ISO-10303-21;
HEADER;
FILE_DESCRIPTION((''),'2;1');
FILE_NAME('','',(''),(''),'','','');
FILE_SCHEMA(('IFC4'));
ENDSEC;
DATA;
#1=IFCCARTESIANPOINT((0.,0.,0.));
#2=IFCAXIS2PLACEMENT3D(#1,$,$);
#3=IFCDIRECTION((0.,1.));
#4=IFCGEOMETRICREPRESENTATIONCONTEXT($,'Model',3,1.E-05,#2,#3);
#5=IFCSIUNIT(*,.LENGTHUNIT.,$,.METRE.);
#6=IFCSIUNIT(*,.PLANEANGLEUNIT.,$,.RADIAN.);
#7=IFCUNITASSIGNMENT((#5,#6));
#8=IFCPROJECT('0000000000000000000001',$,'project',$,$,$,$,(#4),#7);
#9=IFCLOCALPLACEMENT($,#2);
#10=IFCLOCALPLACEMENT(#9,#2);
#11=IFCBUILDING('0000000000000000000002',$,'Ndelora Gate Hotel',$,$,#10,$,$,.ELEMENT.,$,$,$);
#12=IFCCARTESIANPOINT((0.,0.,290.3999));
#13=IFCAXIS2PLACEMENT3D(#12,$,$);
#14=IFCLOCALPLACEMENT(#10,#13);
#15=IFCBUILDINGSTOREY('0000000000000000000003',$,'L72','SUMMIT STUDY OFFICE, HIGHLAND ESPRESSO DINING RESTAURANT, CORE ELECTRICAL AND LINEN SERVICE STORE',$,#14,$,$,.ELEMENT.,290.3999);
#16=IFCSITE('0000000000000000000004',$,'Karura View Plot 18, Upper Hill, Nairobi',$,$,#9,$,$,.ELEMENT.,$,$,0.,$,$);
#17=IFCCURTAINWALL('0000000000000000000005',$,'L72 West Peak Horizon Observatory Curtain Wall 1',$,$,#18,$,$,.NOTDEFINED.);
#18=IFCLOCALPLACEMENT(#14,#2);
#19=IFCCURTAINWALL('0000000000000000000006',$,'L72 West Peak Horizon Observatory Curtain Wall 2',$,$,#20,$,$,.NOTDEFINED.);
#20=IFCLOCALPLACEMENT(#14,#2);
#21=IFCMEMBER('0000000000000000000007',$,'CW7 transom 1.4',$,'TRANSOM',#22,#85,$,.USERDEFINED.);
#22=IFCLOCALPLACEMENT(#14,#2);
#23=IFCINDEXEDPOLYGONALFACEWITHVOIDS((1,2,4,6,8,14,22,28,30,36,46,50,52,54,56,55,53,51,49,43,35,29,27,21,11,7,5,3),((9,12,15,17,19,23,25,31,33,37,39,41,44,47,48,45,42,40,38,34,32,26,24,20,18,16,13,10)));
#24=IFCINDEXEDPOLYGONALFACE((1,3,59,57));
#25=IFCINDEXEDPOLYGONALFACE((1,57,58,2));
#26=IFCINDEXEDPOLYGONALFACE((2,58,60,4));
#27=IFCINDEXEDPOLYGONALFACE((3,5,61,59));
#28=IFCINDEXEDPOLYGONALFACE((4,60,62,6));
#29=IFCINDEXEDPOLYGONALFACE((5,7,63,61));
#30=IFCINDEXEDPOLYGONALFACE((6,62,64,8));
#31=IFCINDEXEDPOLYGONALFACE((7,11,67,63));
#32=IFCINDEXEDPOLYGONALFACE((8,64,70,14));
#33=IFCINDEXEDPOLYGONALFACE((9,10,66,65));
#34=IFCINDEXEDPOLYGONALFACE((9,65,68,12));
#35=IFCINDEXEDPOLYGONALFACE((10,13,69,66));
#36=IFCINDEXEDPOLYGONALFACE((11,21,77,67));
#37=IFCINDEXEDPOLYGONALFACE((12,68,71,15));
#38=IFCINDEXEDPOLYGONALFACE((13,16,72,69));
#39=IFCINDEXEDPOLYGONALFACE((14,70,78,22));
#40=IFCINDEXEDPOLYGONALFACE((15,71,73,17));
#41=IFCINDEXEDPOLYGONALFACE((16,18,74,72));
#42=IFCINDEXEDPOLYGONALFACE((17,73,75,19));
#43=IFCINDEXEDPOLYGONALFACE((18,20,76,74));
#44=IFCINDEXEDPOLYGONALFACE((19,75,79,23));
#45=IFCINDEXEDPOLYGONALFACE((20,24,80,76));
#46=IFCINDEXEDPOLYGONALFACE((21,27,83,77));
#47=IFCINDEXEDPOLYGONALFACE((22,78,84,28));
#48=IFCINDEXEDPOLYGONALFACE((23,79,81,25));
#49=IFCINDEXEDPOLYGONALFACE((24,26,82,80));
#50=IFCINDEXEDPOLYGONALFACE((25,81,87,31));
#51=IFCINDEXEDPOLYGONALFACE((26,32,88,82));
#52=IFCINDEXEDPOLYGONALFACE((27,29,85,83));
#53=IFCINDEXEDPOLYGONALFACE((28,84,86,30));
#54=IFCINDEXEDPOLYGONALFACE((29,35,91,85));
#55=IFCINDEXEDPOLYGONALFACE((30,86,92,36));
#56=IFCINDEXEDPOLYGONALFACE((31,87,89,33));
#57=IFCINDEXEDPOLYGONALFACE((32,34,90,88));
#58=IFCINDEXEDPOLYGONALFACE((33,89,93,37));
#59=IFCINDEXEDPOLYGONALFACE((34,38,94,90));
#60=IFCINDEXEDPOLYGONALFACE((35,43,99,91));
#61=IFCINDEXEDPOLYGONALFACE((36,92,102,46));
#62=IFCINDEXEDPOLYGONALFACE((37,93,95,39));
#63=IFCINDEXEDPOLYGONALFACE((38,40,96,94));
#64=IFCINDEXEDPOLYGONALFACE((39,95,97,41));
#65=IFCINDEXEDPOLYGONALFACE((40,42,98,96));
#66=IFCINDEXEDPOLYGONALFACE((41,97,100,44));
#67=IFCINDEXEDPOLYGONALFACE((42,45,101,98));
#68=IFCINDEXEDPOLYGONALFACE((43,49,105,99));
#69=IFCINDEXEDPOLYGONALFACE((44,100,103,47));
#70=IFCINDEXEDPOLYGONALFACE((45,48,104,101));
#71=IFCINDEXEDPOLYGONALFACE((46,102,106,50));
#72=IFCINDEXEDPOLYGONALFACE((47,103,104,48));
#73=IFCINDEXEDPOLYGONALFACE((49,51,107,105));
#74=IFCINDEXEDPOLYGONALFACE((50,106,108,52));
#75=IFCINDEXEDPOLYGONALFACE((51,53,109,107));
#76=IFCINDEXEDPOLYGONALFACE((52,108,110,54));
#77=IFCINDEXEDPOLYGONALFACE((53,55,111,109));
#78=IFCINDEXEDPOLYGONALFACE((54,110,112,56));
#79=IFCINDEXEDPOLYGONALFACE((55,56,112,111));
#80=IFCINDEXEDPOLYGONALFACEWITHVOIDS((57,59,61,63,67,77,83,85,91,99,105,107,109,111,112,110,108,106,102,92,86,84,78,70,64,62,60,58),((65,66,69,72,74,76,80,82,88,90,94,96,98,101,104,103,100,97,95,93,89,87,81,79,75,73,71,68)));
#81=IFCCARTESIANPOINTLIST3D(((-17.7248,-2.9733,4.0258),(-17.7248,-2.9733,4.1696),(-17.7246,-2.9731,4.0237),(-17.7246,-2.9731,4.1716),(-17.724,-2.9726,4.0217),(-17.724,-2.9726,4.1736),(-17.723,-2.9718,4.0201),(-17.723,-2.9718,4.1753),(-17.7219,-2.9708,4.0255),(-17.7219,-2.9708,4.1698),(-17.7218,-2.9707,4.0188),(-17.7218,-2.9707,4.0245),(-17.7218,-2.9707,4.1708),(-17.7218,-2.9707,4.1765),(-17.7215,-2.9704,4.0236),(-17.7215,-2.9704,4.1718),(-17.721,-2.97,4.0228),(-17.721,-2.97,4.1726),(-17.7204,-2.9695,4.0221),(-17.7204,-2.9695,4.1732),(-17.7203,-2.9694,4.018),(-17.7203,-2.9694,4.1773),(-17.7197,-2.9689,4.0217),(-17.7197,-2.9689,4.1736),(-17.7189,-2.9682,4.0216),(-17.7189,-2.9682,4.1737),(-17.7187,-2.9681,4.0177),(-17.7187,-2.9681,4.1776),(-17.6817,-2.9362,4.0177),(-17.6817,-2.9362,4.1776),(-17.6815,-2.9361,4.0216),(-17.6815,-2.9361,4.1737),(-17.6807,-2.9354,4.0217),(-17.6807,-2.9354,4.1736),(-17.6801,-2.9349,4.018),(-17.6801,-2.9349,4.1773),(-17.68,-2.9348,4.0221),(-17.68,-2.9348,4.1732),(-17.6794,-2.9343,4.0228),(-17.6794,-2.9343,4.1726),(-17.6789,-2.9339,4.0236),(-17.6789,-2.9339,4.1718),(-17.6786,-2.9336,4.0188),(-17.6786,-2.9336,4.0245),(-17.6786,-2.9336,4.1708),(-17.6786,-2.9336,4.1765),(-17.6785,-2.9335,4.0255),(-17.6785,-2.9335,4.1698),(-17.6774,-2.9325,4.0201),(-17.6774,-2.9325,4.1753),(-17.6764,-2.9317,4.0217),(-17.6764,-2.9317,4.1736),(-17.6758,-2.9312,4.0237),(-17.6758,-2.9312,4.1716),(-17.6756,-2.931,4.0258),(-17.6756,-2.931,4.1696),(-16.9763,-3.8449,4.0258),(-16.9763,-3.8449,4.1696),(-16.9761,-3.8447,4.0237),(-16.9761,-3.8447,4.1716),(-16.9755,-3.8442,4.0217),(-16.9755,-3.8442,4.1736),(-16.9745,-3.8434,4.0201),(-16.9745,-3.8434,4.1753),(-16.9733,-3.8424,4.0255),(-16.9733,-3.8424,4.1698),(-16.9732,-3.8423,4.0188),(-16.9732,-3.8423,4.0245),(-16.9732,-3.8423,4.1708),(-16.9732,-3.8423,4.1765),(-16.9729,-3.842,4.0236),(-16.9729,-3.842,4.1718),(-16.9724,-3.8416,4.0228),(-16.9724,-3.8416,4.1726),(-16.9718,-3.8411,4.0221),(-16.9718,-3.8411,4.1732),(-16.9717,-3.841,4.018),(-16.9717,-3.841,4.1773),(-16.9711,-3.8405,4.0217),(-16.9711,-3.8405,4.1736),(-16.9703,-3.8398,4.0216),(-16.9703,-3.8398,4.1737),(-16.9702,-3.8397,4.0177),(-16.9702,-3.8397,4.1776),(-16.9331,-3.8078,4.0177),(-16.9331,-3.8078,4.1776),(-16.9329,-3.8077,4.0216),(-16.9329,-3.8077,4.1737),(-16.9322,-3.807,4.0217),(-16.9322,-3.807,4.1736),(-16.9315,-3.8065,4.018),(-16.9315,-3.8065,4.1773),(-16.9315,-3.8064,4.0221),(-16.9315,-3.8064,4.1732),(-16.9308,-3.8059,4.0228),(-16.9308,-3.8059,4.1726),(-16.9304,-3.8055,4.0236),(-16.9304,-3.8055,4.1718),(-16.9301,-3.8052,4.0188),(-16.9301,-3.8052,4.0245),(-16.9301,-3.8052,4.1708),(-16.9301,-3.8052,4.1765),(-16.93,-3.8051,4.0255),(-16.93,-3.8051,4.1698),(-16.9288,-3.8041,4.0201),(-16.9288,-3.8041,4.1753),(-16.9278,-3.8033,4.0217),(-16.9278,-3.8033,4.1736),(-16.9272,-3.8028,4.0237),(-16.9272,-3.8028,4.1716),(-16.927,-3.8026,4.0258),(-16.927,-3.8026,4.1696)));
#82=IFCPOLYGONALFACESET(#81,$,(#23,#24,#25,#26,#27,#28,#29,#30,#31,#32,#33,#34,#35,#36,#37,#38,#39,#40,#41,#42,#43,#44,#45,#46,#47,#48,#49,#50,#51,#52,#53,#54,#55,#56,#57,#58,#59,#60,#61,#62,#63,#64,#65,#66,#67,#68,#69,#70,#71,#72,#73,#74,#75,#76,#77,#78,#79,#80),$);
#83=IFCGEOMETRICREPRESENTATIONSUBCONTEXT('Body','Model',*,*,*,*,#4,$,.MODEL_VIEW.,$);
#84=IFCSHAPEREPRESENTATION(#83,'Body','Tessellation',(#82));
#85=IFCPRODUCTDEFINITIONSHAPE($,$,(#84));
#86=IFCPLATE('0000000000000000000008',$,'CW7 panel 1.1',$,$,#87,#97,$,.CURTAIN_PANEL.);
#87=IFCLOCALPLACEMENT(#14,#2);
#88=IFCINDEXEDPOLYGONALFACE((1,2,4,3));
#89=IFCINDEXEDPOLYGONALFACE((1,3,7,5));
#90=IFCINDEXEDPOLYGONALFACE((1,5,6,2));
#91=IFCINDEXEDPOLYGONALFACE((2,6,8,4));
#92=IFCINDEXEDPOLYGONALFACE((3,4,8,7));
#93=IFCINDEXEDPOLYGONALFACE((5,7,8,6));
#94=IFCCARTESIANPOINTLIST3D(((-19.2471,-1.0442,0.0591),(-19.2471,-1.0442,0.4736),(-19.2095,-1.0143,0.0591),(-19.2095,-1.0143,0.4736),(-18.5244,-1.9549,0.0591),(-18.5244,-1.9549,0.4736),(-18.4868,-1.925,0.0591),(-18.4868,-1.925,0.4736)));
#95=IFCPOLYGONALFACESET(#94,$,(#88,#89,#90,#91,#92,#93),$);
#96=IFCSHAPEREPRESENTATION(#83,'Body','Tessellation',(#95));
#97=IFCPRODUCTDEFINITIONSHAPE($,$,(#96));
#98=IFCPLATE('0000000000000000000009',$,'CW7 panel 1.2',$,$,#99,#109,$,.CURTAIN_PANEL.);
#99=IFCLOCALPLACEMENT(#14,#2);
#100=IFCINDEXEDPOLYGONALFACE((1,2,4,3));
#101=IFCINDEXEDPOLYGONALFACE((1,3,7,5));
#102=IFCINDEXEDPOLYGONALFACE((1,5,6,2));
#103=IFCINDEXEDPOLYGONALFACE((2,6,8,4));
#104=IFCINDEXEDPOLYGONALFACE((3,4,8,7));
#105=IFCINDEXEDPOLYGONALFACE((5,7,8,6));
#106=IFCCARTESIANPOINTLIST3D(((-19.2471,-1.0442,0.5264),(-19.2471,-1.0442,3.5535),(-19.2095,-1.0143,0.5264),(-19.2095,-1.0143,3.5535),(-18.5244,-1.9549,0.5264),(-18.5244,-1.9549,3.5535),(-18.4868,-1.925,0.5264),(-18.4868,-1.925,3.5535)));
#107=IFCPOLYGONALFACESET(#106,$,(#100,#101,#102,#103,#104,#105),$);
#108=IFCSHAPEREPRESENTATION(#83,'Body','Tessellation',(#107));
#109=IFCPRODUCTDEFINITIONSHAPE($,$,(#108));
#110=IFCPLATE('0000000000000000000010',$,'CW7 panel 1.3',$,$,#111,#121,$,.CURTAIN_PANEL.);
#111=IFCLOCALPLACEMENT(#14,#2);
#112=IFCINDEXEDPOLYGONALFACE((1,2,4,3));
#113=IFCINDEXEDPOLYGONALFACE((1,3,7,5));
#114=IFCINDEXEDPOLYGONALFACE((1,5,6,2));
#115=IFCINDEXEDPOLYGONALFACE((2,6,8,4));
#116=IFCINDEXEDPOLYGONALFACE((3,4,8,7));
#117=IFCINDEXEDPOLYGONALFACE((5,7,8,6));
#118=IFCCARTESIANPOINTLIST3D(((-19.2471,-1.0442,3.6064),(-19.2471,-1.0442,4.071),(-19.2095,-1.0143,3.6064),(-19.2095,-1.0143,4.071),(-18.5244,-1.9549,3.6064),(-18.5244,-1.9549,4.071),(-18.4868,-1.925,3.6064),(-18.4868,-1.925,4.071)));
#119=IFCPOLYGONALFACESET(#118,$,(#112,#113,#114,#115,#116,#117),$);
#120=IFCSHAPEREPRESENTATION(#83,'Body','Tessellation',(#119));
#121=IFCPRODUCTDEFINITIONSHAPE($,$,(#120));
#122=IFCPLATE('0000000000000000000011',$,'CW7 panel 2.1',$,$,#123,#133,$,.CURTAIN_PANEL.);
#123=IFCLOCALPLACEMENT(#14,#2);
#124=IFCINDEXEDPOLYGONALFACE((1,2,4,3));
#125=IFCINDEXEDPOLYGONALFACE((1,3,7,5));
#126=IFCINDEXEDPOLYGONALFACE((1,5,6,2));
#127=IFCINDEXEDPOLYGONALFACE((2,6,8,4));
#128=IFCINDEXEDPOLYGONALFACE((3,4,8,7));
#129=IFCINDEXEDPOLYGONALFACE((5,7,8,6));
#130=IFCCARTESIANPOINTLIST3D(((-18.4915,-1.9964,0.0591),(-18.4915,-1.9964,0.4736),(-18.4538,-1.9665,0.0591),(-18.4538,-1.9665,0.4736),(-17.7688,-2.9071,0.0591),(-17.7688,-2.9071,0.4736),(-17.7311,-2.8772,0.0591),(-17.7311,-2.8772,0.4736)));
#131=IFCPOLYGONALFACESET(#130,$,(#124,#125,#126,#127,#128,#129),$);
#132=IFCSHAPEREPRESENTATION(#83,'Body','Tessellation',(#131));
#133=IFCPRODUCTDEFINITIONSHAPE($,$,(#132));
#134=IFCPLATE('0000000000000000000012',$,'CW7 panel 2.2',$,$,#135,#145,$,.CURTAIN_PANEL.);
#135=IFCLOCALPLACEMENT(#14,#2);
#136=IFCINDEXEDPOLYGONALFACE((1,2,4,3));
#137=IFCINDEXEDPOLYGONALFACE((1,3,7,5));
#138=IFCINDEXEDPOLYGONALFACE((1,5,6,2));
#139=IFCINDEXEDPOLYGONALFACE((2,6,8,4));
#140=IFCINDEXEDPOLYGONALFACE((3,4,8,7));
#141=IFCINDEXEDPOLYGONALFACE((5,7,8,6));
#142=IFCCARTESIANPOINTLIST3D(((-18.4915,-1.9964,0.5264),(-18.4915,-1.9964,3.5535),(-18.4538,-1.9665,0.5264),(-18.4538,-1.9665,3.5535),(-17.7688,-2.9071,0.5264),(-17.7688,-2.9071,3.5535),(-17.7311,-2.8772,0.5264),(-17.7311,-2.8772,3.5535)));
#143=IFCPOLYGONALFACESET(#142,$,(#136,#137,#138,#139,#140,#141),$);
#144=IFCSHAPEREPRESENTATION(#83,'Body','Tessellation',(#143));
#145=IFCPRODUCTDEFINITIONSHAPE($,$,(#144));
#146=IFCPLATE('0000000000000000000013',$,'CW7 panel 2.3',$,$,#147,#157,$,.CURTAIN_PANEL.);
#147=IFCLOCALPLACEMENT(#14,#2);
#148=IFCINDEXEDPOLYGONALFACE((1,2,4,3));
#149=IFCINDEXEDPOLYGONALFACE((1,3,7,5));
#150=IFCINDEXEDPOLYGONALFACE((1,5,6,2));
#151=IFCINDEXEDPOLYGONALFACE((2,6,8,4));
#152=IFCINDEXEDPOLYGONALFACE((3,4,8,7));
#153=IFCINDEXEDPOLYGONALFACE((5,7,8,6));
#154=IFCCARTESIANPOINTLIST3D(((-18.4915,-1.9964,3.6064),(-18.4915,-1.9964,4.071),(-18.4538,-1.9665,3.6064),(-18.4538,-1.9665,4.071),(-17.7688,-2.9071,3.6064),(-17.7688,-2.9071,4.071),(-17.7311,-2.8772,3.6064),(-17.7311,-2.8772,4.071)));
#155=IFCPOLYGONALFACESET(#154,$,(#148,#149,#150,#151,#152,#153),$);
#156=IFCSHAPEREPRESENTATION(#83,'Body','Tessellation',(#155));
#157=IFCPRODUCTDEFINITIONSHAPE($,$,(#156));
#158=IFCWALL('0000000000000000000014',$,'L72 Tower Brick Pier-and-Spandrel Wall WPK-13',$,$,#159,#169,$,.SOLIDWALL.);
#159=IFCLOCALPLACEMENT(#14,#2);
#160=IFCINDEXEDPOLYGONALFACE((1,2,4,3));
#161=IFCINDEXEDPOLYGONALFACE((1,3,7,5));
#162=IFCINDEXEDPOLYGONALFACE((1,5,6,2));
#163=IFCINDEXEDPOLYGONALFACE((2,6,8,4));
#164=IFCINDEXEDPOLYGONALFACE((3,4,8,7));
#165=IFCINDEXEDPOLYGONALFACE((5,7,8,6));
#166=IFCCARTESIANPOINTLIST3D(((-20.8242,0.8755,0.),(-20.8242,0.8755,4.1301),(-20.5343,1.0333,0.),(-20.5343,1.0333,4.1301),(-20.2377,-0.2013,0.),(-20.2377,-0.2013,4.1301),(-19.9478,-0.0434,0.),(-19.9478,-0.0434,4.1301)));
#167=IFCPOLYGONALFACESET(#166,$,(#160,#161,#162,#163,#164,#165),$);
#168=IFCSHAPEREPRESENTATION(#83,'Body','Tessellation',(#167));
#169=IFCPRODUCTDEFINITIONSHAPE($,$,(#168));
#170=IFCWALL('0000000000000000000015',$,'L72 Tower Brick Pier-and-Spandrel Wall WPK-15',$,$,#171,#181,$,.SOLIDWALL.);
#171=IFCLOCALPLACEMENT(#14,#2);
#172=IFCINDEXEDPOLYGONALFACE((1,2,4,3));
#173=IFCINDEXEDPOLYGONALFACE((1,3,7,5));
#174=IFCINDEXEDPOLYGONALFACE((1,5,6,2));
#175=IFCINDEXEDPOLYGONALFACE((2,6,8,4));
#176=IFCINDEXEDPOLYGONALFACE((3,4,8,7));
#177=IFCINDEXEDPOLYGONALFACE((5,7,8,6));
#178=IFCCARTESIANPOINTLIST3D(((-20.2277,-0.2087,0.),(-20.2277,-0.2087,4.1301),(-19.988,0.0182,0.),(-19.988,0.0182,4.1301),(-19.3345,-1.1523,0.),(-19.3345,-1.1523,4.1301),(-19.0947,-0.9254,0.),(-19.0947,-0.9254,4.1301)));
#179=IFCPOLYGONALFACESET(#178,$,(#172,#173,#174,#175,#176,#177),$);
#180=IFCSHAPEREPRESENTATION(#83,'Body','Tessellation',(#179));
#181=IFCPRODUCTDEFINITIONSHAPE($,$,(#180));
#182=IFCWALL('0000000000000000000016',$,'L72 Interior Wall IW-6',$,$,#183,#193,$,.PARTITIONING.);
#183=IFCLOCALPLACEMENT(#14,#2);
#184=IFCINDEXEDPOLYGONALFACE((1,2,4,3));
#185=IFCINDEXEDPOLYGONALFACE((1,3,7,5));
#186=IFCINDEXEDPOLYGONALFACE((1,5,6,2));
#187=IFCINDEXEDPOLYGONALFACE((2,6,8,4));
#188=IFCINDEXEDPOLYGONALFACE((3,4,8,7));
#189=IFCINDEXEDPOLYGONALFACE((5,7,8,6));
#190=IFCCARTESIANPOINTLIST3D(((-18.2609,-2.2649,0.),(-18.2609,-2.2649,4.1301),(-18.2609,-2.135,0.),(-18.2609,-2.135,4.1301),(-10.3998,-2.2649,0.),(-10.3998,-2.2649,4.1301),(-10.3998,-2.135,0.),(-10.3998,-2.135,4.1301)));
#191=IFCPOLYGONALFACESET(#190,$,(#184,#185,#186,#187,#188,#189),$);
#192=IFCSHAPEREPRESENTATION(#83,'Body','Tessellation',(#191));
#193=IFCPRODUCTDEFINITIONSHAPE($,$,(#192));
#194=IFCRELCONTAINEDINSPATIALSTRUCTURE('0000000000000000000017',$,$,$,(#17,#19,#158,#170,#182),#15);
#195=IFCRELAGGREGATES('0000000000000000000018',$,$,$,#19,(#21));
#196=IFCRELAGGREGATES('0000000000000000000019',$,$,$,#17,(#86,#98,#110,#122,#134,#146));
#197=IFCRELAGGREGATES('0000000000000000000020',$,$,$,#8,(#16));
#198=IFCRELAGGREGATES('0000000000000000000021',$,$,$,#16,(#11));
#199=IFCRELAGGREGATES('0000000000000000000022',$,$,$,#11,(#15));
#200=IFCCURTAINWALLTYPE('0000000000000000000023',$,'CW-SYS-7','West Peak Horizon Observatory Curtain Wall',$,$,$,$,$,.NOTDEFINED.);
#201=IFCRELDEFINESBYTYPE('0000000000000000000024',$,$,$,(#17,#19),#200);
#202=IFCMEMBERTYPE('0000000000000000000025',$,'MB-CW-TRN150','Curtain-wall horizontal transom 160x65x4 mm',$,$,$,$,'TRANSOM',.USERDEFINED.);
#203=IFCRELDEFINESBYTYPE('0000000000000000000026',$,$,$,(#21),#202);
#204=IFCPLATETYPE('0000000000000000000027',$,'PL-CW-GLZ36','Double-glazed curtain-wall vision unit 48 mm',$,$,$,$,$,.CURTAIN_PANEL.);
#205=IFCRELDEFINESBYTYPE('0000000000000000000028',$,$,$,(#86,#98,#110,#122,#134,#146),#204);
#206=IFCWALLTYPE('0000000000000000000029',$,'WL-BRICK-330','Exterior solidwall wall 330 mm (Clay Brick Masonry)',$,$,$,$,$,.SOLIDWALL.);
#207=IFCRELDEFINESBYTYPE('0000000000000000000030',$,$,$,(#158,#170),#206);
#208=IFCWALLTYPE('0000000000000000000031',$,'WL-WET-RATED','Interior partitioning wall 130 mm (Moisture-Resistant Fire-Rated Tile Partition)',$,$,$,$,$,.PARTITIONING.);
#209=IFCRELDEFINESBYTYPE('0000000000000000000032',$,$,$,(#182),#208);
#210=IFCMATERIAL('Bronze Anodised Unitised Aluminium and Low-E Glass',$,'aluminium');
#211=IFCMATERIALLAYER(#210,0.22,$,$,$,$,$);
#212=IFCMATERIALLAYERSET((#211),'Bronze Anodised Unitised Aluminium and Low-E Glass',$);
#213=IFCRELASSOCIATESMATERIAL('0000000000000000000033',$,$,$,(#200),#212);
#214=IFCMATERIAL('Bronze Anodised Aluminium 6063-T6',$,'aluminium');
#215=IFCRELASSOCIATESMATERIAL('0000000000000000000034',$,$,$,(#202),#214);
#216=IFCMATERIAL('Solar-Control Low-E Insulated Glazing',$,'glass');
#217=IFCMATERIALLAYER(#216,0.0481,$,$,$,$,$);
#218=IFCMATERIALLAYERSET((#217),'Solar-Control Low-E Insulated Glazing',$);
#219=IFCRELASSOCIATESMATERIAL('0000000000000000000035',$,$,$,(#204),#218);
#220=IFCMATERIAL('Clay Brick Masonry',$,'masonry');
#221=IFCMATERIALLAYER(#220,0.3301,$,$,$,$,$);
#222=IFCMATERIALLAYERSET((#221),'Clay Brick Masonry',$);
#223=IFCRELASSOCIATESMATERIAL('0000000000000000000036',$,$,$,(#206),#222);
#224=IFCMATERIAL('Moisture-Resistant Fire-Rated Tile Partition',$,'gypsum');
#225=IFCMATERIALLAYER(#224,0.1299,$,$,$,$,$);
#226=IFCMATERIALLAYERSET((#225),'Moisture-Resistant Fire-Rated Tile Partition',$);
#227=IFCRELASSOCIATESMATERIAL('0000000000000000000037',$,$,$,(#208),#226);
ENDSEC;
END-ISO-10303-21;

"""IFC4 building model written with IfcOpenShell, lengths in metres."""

from ifc_helpers import new_model, si_unit, direction, frame, frame_2d, origin, origin_2d, place, context, subcontext, project, spatial, rectangle, hollow_rectangle, extrude, material, layer, layer_set, material_profile, profile_set, type_object, element, aggregate, save


model = new_model("IFC4")

# Units and contexts
model_context = context("Model", 3, precision=1e-05, world=origin(), true_north=direction((0.0, 1.0)))
body_context = subcontext(model_context, "Body", "Model", "MODEL_VIEW")
ifc_project = project(units=[si_unit("LENGTHUNIT", "METRE"), si_unit("PLANEANGLEUNIT", "RADIAN")], contexts=[model_context])

# Site, building, storey
site_placement = place(None, origin())
site = spatial("IfcSite", under=ifc_project, at=site_placement, Name="Karura View Plot 18, Upper Hill, Nairobi", CompositionType="ELEMENT", RefElevation=0.0)
building_placement = place(site_placement, origin())
building = spatial("IfcBuilding", under=site, at=building_placement, Name="Ndelora Gate Hotel", CompositionType="ELEMENT")
storey_placement = place(building_placement, frame((0.0, 0.0, 290.3999)))
storey = spatial("IfcBuildingStorey", under=building, at=storey_placement, Name="L72", Description="SUMMIT STUDY OFFICE, HIGHLAND ESPRESSO DINING RESTAURANT, CORE ELECTRICAL AND LINEN SERVICE STORE", CompositionType="ELEMENT", Elevation=290.3999)

# Curtain wall
ifc_material_1 = material(Name="Bronze Anodised Unitised Aluminium and Low-E Glass", Category="aluminium")
ifc_layer_1 = layer(ifc_material_1, 0.22)
ifc_layer_set_1 = layer_set([ifc_layer_1], Name="Bronze Anodised Unitised Aluminium and Low-E Glass")
curtain_wall_type = type_object("IfcCurtainWallType", Name="CW-SYS-7", Description="West Peak Horizon Observatory Curtain Wall", PredefinedType="NOTDEFINED", material=ifc_layer_set_1)
curtain_wall_1_placement = place(storey_placement, origin())
curtain_wall_1 = element("IfcCurtainWall", 1, at=curtain_wall_1_placement, inside=storey, type_object=curtain_wall_type, Name="L72 West Peak Horizon Observatory Curtain Wall 1", PredefinedType="NOTDEFINED")
ifc_material_2 = material(Name="Bronze Anodised Aluminium 6063-T6", Category="aluminium")

# Curtain wall
curtain_wall_2_placement = place(storey_placement, origin())
curtain_wall_2 = element("IfcCurtainWall", 2, at=curtain_wall_2_placement, inside=storey, type_object=curtain_wall_type, Name="L72 West Peak Horizon Observatory Curtain Wall 2", PredefinedType="NOTDEFINED")

# Member
ifc_material_profile_1 = material_profile(ifc_material_2, hollow_rectangle(XDim=0.0649, YDim=0.1599, WallThickness=0.0039, InnerFilletRadius=0.0039, OuterFilletRadius=0.0081, at=origin_2d()), Name="ALU 160x65x4")
ifc_profile_set_1 = profile_set([ifc_material_profile_1], Name="Bronze Anodised Aluminium 6063-T6")
member_type_1 = type_object("IfcMemberType", Name="MB-CW-TRN150", Description="Curtain-wall horizontal transom 160x65x4 mm", ElementType="TRANSOM", PredefinedType="USERDEFINED", material=ifc_profile_set_1)
member_1_placement = place(storey_placement, frame((-17.7002, -2.9521, 4.0977), z_axis=(0.651526, -0.758626, 0.0), x_axis=(0.758626, 0.651526, 0.0)))
member_1 = element("IfcMember", 3, at=member_1_placement, type_object=member_type_1, Name="CW7 transom 1.4", ObjectType="TRANSOM", PredefinedType="USERDEFINED", context=body_context, shape_type="SweptSolid", body=[
    extrude(hollow_rectangle(XDim=0.0649, YDim=0.1599, WallThickness=0.0039, InnerFilletRadius=0.0039, OuterFilletRadius=0.0081, at=origin_2d()), origin(), (0.0, 0.0, 1.0), 1.1489),
])
aggregate(curtain_wall_2, [member_1])

# Plates
ifc_material_3 = material(Name="Solar-Control Low-E Insulated Glazing", Category="glass")
ifc_layer_2 = layer(ifc_material_3, 0.0481)
ifc_layer_set_2 = layer_set([ifc_layer_2], Name="Solar-Control Low-E Insulated Glazing")
plate_type = type_object("IfcPlateType", Name="PL-CW-GLZ36", Description="Double-glazed curtain-wall vision unit 48 mm", PredefinedType="CURTAIN_PANEL", material=ifc_layer_set_2)
plate_1_placement = place(storey_placement, frame((-18.8669, -1.4846, 0.0591), z_axis=(0.0, 0.0, 1.0), x_axis=(0.621622, -0.783317, 0.0)))
plate_1 = element("IfcPlate", 4, at=plate_1_placement, type_object=plate_type, Name="CW7 panel 1.1", PredefinedType="CURTAIN_PANEL", context=body_context, shape_type="SweptSolid", body=[
    extrude(rectangle(XDim=1.1626, YDim=0.0481, at=origin_2d()), origin(), (0.0, 0.0, 1.0), 0.4146),
])
plate_2_placement = place(storey_placement, frame((-18.8669, -1.4846, 0.5264), z_axis=(0.0, 0.0, 1.0), x_axis=(0.621622, -0.783317, 0.0)))
plate_2 = element("IfcPlate", 5, at=plate_2_placement, type_object=plate_type, Name="CW7 panel 1.2", PredefinedType="CURTAIN_PANEL", context=body_context, shape_type="SweptSolid", body=[
    extrude(rectangle(XDim=1.1626, YDim=0.0481, at=origin_2d()), origin(), (0.0, 0.0, 1.0), 3.0271),
])
plate_3_placement = place(storey_placement, frame((-18.8669, -1.4846, 3.6064), z_axis=(0.0, 0.0, 1.0), x_axis=(0.621622, -0.783317, 0.0)))
plate_3 = element("IfcPlate", 6, at=plate_3_placement, type_object=plate_type, Name="CW7 panel 1.3", PredefinedType="CURTAIN_PANEL", context=body_context, shape_type="SweptSolid", body=[
    extrude(rectangle(XDim=1.1626, YDim=0.0481, at=origin_2d()), origin(), (0.0, 0.0, 1.0), 0.4646),
])
plate_4_placement = place(storey_placement, frame((-18.1113, -2.4368, 0.0591), z_axis=(0.0, 0.0, 1.0), x_axis=(0.621622, -0.783317, 0.0)))
plate_4 = element("IfcPlate", 7, at=plate_4_placement, type_object=plate_type, Name="CW7 panel 2.1", PredefinedType="CURTAIN_PANEL", context=body_context, shape_type="SweptSolid", body=[
    extrude(rectangle(XDim=1.1626, YDim=0.0481, at=origin_2d()), origin(), (0.0, 0.0, 1.0), 0.4146),
])
plate_5_placement = place(storey_placement, frame((-18.1113, -2.4368, 0.5264), z_axis=(0.0, 0.0, 1.0), x_axis=(0.621622, -0.783317, 0.0)))
plate_5 = element("IfcPlate", 8, at=plate_5_placement, type_object=plate_type, Name="CW7 panel 2.2", PredefinedType="CURTAIN_PANEL", context=body_context, shape_type="SweptSolid", body=[
    extrude(rectangle(XDim=1.1626, YDim=0.0481, at=origin_2d()), origin(), (0.0, 0.0, 1.0), 3.0271),
])
plate_6_placement = place(storey_placement, frame((-18.1113, -2.4368, 3.6064), z_axis=(0.0, 0.0, 1.0), x_axis=(0.621622, -0.783317, 0.0)))
plate_6 = element("IfcPlate", 9, at=plate_6_placement, type_object=plate_type, Name="CW7 panel 2.3", PredefinedType="CURTAIN_PANEL", context=body_context, shape_type="SweptSolid", body=[
    extrude(rectangle(XDim=1.1626, YDim=0.0481, at=origin_2d()), origin(), (0.0, 0.0, 1.0), 0.4646),
])
aggregate(curtain_wall_1, [plate_1, plate_2, plate_3, plate_4, plate_5, plate_6])

# Walls
ifc_material_4 = material(Name="Clay Brick Masonry", Category="masonry")
ifc_layer_3 = layer(ifc_material_4, 0.3301)
ifc_layer_set_3 = layer_set([ifc_layer_3], Name="Clay Brick Masonry")
wall_type_1 = type_object("IfcWallType", Name="WL-BRICK-330", Description="Exterior solidwall wall 330 mm (Clay Brick Masonry)", PredefinedType="SOLIDWALL", material=ifc_layer_set_3)
wall_1_placement = place(storey_placement, frame((-20.0928, -0.1223, 0.0), z_axis=(0.0, 0.0, 1.0), x_axis=(-0.478322, 0.878185, 0.0)))
element("IfcWall", 10, at=wall_1_placement, inside=storey, type_object=wall_type_1, Name="L72 Tower Brick Pier-and-Spandrel Wall WPK-13", PredefinedType="SOLIDWALL", context=body_context, shape_type="SweptSolid", body=[
    extrude(rectangle(XDim=1.2261, YDim=0.3301, at=frame_2d((0.613, 0.0))), origin(), (0.0, 0.0, 1.0), 4.1301),
])
wall_2_placement = place(storey_placement, frame((-19.2146, -1.0388, 0.0), z_axis=(0.0, 0.0, 1.0), x_axis=(-0.687489, 0.726195, 0.0)))
element("IfcWall", 11, at=wall_2_placement, inside=storey, type_object=wall_type_1, Name="L72 Tower Brick Pier-and-Spandrel Wall WPK-15", PredefinedType="SOLIDWALL", context=body_context, shape_type="SweptSolid", body=[
    extrude(rectangle(XDim=1.2993, YDim=0.3301, at=frame_2d((0.6497, 0.0))), origin(), (0.0, 0.0, 1.0), 4.1301),
])
ifc_material_5 = material(Name="Moisture-Resistant Fire-Rated Tile Partition", Category="gypsum")
ifc_layer_4 = layer(ifc_material_5, 0.1299)
ifc_layer_set_4 = layer_set([ifc_layer_4], Name="Moisture-Resistant Fire-Rated Tile Partition")
wall_type_2 = type_object("IfcWallType", Name="WL-WET-RATED", Description="Interior partitioning wall 130 mm (Moisture-Resistant Fire-Rated Tile Partition)", PredefinedType="PARTITIONING", material=ifc_layer_set_4)
wall_3_placement = place(storey_placement, frame((-18.261, -2.2, 0.0), z_axis=(0.0, 0.0, 1.0), x_axis=(1.0, 0.0, 0.0)))
element("IfcWall", 12, at=wall_3_placement, inside=storey, type_object=wall_type_2, Name="L72 Interior Wall IW-6", PredefinedType="PARTITIONING", context=body_context, shape_type="SweptSolid", body=[
    extrude(rectangle(XDim=7.8611, YDim=0.1299, at=frame_2d((3.9307, 0.0))), origin(), (0.0, 0.0, 1.0), 4.1301),
])

save(model, "model.ifc")
